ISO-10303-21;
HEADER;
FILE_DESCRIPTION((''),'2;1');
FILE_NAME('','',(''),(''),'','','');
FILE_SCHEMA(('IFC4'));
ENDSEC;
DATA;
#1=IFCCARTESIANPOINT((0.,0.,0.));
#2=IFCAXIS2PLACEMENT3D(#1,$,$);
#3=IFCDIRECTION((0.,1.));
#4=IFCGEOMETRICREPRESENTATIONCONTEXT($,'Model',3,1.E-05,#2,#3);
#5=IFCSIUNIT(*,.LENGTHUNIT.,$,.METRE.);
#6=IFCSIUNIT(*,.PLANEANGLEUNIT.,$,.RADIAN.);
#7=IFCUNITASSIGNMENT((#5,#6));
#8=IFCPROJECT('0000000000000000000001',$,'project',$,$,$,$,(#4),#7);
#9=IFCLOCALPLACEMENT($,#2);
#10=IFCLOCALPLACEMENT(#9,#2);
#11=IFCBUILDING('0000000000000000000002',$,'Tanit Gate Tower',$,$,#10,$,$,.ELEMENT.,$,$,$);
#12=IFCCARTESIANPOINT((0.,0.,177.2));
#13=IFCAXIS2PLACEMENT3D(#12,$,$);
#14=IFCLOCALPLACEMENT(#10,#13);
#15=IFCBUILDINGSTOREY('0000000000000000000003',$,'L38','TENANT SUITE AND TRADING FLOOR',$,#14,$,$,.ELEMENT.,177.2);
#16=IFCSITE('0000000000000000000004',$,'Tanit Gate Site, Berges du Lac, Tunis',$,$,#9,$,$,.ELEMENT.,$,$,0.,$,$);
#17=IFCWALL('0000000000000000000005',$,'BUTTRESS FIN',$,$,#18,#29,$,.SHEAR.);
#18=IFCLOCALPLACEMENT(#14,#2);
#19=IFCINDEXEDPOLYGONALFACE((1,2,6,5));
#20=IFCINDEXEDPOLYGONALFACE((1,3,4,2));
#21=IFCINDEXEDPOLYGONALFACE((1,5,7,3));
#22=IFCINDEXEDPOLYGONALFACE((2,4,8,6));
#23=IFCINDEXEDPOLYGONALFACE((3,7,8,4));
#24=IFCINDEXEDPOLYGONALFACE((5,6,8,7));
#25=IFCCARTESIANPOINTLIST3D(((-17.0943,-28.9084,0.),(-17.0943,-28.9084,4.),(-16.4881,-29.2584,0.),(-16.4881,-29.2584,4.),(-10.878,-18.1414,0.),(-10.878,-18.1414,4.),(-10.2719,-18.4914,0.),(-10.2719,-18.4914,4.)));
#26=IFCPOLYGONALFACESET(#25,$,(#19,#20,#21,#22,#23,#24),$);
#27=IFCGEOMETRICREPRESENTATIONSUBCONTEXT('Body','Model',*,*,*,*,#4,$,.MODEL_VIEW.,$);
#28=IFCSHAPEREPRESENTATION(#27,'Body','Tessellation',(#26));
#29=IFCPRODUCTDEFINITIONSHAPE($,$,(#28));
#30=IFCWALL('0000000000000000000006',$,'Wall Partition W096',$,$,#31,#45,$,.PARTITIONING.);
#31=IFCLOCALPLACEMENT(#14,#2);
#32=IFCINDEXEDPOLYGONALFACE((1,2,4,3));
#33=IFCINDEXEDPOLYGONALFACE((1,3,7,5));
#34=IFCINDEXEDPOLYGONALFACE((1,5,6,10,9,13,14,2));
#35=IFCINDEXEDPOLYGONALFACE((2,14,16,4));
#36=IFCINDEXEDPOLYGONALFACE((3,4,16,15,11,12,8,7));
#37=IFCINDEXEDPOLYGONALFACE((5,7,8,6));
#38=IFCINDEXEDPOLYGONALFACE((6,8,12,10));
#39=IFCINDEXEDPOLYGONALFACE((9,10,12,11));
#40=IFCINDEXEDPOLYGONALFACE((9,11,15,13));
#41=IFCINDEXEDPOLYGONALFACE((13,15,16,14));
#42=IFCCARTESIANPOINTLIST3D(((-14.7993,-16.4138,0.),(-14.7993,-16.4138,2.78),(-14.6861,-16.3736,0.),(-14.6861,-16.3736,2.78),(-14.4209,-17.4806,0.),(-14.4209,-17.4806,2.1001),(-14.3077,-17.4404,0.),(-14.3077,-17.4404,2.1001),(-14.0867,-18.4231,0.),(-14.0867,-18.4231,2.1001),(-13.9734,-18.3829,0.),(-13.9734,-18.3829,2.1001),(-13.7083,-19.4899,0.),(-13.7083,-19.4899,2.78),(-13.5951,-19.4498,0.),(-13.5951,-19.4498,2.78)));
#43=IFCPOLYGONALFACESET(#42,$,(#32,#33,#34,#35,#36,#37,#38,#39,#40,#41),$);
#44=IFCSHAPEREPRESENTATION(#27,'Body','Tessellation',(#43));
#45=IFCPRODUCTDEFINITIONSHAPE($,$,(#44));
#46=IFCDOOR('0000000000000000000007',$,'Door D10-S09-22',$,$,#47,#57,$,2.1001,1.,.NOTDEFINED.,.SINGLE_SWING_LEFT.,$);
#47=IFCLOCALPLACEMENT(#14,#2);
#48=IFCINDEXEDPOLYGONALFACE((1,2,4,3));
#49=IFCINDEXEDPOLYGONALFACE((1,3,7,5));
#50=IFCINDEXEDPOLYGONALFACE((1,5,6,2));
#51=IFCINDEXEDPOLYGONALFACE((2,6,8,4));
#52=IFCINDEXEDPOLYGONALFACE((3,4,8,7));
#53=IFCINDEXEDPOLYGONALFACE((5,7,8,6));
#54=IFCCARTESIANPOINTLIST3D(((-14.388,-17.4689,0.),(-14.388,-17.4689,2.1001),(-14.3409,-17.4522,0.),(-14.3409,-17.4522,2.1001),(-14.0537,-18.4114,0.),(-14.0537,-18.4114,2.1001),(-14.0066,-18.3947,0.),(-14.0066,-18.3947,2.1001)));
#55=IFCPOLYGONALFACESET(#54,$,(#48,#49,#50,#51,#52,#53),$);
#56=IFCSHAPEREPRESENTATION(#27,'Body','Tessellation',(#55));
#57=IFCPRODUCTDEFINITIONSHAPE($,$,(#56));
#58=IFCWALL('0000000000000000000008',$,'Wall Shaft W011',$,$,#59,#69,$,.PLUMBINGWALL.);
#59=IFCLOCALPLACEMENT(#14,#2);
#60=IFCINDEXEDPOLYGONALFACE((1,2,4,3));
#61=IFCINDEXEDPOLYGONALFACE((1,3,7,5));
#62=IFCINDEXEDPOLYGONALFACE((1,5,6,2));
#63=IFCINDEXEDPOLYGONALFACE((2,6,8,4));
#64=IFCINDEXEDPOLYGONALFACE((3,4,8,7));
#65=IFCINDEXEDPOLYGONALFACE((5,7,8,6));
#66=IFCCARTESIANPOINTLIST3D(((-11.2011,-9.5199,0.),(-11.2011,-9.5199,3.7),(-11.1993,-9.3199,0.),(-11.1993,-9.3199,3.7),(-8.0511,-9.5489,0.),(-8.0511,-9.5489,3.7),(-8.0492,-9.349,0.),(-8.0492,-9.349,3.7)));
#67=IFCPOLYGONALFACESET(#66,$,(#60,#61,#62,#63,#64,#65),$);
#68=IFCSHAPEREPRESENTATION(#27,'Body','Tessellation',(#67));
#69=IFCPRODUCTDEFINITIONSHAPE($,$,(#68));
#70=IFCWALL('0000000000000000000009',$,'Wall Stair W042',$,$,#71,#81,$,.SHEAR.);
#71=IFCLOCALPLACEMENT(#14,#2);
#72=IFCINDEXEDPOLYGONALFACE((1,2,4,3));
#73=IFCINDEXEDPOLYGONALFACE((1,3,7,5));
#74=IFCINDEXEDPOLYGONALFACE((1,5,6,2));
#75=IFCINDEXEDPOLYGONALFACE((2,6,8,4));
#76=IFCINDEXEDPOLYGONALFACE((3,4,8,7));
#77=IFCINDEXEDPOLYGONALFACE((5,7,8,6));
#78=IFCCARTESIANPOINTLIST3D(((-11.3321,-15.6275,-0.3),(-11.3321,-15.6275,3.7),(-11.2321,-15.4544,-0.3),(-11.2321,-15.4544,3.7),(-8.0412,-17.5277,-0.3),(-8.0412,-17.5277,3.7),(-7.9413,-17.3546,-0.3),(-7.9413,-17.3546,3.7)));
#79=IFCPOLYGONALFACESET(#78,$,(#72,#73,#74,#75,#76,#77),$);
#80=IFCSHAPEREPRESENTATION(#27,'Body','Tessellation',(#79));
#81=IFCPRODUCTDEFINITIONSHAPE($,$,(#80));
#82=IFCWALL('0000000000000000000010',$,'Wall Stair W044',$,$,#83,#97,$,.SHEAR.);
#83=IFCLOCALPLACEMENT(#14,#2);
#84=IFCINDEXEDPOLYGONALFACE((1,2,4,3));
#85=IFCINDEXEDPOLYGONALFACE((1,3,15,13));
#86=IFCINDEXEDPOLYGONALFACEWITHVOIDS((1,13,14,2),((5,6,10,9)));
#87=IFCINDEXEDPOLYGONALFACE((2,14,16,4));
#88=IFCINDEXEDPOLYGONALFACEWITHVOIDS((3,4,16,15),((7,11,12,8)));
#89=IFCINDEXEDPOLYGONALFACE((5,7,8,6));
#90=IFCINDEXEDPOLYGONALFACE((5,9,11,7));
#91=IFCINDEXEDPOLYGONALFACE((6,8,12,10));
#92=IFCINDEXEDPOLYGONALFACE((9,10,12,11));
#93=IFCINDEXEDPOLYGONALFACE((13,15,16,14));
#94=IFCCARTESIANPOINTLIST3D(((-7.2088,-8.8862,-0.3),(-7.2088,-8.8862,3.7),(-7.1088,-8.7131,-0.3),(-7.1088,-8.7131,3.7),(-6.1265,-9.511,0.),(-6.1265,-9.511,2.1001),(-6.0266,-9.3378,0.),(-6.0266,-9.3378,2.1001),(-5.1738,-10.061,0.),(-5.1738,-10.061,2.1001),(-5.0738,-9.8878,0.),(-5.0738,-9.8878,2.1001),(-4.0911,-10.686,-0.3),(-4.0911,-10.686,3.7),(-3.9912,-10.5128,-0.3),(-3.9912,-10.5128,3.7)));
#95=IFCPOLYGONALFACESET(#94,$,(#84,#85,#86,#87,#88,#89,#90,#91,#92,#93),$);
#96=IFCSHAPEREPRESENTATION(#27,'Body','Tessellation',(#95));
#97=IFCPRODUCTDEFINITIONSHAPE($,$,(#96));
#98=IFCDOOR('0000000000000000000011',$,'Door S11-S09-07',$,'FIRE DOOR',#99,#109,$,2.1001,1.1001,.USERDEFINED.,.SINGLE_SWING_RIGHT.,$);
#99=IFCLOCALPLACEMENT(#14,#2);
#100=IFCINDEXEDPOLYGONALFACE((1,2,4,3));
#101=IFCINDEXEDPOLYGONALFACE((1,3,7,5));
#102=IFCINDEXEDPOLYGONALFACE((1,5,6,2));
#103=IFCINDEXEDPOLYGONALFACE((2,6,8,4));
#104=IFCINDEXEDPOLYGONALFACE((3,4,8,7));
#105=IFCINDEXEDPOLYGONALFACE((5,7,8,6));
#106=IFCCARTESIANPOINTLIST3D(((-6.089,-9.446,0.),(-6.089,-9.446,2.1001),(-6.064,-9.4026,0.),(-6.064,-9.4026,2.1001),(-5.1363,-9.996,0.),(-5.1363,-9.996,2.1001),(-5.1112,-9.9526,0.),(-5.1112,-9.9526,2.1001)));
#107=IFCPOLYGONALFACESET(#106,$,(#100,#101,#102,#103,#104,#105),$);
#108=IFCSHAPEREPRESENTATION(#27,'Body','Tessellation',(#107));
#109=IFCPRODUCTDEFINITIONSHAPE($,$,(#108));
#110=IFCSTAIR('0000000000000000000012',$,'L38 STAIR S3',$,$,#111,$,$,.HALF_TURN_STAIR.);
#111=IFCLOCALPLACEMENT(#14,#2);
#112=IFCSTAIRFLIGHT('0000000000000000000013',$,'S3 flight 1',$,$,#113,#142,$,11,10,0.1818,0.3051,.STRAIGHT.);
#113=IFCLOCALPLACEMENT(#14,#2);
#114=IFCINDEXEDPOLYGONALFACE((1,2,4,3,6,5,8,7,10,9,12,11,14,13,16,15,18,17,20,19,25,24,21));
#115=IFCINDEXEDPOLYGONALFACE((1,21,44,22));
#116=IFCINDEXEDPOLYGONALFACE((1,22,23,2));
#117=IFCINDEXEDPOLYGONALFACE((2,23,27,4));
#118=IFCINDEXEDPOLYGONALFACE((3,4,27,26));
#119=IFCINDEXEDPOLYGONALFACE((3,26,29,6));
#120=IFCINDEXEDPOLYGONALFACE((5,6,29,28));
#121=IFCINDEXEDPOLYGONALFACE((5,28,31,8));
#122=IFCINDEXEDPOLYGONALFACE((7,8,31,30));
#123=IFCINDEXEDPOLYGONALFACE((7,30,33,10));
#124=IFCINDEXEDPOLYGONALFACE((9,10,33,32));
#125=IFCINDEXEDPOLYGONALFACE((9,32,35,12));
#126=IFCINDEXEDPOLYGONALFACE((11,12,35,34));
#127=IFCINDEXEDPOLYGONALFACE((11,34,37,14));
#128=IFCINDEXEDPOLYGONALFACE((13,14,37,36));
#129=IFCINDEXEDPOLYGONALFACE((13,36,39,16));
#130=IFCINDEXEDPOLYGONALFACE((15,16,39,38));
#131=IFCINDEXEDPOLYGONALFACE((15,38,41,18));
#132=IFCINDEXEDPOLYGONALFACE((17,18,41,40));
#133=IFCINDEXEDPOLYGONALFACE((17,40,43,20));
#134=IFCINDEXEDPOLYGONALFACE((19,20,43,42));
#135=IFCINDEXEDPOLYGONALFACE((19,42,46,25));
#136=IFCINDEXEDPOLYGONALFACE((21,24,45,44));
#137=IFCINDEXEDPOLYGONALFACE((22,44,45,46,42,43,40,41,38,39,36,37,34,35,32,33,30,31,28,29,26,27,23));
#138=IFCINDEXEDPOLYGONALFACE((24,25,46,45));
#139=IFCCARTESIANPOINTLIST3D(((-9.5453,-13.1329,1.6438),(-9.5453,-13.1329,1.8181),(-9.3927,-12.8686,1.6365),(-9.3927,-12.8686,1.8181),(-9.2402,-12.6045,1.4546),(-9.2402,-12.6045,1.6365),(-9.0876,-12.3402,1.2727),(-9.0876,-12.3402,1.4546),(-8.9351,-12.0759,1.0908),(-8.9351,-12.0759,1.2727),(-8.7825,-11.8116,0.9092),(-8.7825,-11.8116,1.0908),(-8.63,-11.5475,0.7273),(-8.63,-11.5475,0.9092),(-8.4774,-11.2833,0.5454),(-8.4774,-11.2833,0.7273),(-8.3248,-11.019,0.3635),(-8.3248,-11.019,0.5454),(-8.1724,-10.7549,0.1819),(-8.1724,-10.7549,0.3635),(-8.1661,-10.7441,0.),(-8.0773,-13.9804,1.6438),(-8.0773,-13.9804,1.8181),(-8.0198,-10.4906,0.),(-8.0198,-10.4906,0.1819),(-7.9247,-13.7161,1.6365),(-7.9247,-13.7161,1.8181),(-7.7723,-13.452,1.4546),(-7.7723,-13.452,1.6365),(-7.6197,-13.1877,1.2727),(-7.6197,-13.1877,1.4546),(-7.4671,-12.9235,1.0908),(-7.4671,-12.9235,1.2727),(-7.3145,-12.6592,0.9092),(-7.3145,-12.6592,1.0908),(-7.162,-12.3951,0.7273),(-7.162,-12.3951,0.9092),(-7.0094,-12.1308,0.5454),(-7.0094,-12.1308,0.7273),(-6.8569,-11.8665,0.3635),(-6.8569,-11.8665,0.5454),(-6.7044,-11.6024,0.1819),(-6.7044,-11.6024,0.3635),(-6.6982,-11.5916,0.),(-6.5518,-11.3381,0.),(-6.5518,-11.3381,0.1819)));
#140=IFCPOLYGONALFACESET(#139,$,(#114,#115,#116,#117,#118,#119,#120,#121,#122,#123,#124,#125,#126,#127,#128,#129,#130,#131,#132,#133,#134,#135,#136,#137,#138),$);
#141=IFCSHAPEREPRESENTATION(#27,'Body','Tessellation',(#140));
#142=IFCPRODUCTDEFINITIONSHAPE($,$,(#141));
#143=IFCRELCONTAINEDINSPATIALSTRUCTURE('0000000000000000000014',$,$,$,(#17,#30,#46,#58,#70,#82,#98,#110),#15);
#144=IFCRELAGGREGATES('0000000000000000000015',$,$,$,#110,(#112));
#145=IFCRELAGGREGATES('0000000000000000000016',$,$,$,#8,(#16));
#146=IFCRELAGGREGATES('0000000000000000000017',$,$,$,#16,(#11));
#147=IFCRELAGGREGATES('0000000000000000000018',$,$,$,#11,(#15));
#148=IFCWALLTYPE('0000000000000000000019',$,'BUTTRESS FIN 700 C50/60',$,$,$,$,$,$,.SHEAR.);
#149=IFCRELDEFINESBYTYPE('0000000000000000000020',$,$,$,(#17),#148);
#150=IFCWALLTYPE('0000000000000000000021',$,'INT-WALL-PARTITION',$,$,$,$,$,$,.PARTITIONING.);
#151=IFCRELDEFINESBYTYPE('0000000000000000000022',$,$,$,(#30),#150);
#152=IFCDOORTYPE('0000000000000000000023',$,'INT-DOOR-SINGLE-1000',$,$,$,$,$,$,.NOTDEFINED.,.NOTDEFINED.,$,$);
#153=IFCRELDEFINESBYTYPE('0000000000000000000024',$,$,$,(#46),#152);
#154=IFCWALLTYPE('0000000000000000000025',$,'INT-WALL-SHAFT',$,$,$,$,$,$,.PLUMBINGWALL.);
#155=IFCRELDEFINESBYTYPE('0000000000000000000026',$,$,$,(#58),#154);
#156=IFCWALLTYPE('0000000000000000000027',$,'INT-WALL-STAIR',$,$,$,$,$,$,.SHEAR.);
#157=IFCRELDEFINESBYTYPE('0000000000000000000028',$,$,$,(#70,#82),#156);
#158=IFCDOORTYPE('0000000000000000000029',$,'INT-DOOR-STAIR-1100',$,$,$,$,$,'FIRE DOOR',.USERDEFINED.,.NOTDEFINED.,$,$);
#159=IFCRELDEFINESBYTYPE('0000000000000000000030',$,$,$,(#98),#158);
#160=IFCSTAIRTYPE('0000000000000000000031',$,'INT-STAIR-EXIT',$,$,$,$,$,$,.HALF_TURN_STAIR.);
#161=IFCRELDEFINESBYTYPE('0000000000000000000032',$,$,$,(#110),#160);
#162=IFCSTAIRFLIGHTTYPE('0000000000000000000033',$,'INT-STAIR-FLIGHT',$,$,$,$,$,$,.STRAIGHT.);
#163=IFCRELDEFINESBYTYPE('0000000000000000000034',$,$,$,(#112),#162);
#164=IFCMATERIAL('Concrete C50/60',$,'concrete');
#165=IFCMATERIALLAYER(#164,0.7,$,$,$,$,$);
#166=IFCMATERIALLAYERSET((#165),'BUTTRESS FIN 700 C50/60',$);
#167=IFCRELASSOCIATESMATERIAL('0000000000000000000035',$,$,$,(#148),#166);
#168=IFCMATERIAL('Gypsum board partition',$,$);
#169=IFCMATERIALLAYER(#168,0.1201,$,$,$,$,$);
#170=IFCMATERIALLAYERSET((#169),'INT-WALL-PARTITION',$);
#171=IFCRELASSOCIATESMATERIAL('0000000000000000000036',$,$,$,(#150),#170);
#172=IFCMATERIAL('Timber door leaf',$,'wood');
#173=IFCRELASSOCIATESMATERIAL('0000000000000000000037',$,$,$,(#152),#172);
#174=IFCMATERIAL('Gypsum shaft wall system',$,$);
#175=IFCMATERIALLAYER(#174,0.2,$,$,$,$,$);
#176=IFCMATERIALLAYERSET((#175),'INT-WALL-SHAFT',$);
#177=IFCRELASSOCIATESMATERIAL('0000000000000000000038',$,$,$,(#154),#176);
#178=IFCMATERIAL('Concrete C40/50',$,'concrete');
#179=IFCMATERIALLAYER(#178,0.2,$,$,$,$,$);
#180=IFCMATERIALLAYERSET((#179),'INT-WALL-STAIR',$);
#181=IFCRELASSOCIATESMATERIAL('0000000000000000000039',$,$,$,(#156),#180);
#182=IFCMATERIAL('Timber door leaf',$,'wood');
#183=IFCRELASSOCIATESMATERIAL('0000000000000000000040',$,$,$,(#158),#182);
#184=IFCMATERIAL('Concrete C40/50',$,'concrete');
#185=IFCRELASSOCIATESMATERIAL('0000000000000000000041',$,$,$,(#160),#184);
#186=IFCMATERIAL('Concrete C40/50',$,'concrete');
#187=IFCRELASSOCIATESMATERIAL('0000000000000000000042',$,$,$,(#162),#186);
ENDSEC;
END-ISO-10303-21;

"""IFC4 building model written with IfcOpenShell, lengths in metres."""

from ifc_helpers import new_model, si_unit, direction, frame, frame_2d, origin, place, context, subcontext, project, spatial, polyline, rectangle, outline, extrude, material, layer, layer_set, type_object, element, fill, aggregate, save


model = new_model("IFC4")

# Units and contexts
model_context = context("Model", 3, precision=1e-05, world=origin(), true_north=direction((0.0, 1.0)))
body_context = subcontext(model_context, "Body", "Model", "MODEL_VIEW")
ifc_project = project(units=[si_unit("LENGTHUNIT", "METRE"), si_unit("PLANEANGLEUNIT", "RADIAN")], contexts=[model_context])

# Site, building, storey
site_placement = place(None, origin())
site = spatial("IfcSite", under=ifc_project, at=site_placement, Name="Tanit Gate Site, Berges du Lac, Tunis", CompositionType="ELEMENT", RefElevation=0.0)
building_placement = place(site_placement, origin())
building = spatial("IfcBuilding", under=site, at=building_placement, Name="Tanit Gate Tower", CompositionType="ELEMENT")
storey_placement = place(building_placement, frame((0.0, 0.0, 177.2)))
storey = spatial("IfcBuildingStorey", under=building, at=storey_placement, Name="L38", Description="TENANT SUITE AND TRADING FLOOR", CompositionType="ELEMENT", Elevation=177.2)

# Wall
ifc_material_1 = material(Name="Concrete C50/60", Category="concrete")
ifc_layer_1 = layer(ifc_material_1, 0.7)
ifc_layer_set_1 = layer_set([ifc_layer_1], Name="BUTTRESS FIN 700 C50/60")
wall_type_1 = type_object("IfcWallType", Name="BUTTRESS FIN 700 C50/60", PredefinedType="SHEAR", material=ifc_layer_set_1)
wall_1_placement = place(storey_placement, frame((-10.575, -18.3164, 0.0), z_axis=(0.0, 0.0, 1.0), x_axis=(-0.499996, -0.866028, 0.0)))
element("IfcWall", 1, at=wall_1_placement, inside=storey, type_object=wall_type_1, Name="BUTTRESS FIN", PredefinedType="SHEAR", context=body_context, shape_type="SweptSolid", body=[
    extrude(rectangle(XDim=12.4326, YDim=0.7, at=frame_2d((6.2163, 0.0))), origin(), (0.0, 0.0, 1.0), 4.0),
])

# Wall, opening, door
ifc_material_2 = material(Name="Gypsum board partition")
ifc_layer_2 = layer(ifc_material_2, 0.1201)
ifc_layer_set_2 = layer_set([ifc_layer_2], Name="INT-WALL-PARTITION")
wall_type_2 = type_object("IfcWallType", Name="INT-WALL-PARTITION", PredefinedType="PARTITIONING", material=ifc_layer_set_2)
wall_2_placement = place(storey_placement, frame((-14.7427, -16.3938, 0.0), z_axis=(0.0, 0.0, 1.0), x_axis=(0.334279, -0.942474, 0.0)))
wall_2 = element("IfcWall", 2, at=wall_2_placement, inside=storey, type_object=wall_type_2, Name="Wall Partition W096", PredefinedType="PARTITIONING", context=body_context, shape_type="SweptSolid", body=[
    extrude(rectangle(XDim=3.2639, YDim=0.1201, at=frame_2d((1.6318, 0.0))), origin(), (0.0, 0.0, 1.0), 2.78),
])
opening_1_placement = place(wall_2_placement, frame((1.1318, 0.0, 0.0)))
opening_1 = element("IfcOpeningElement", 3, at=opening_1_placement, cuts=wall_2, PredefinedType="OPENING", context=body_context, shape_type="SweptSolid", body=[
    extrude(rectangle(XDim=1.0, YDim=2.1001, at=frame_2d((0.5, 1.05))), frame((0.0, 0.0701, 0.0), z_axis=(0.0, -1.0, 0.0), x_axis=(1.0, 0.0, 0.0)), (0.0, 0.0, 1.0), 0.1401),
])
ifc_material_3 = material(Name="Timber door leaf", Category="wood")
door_type_1 = type_object("IfcDoorType", Name="INT-DOOR-SINGLE-1000", OperationType="NOTDEFINED", PredefinedType="NOTDEFINED", material=ifc_material_3)
door_1_placement = place(opening_1_placement, origin())
door_1 = element("IfcDoor", 4, at=door_1_placement, inside=storey, type_object=door_type_1, Name="Door D10-S09-22", OperationType="SINGLE_SWING_LEFT", OverallHeight=2.1001, OverallWidth=1.0, PredefinedType="NOTDEFINED", context=body_context, shape_type="SweptSolid", body=[
    extrude(rectangle(XDim=1.0, YDim=2.1001, at=frame_2d((0.5, 1.05))), frame((0.0, 0.0249, 0.0), z_axis=(0.0, -1.0, 0.0), x_axis=(1.0, 0.0, 0.0)), (0.0, 0.0, 1.0), 0.05),
])
fill(opening_1, door_1)

# Walls
ifc_material_4 = material(Name="Gypsum shaft wall system")
ifc_layer_3 = layer(ifc_material_4, 0.2)
ifc_layer_set_3 = layer_set([ifc_layer_3], Name="INT-WALL-SHAFT")
wall_type_3 = type_object("IfcWallType", Name="INT-WALL-SHAFT", PredefinedType="PLUMBINGWALL", material=ifc_layer_set_3)
wall_3_placement = place(storey_placement, frame((-8.05, -9.449, 0.0), z_axis=(0.0, 0.0, 1.0), x_axis=(-0.999957, 0.009223, 0.0)))
element("IfcWall", 5, at=wall_3_placement, inside=storey, type_object=wall_type_3, Name="Wall Shaft W011", PredefinedType="PLUMBINGWALL", context=body_context, shape_type="SweptSolid", body=[
    extrude(rectangle(XDim=3.1501, YDim=0.2, at=frame_2d((1.5752, 0.0))), origin(), (0.0, 0.0, 1.0), 3.7),
])
ifc_material_5 = material(Name="Concrete C40/50", Category="concrete")
ifc_layer_4 = layer(ifc_material_5, 0.2)
ifc_layer_set_4 = layer_set([ifc_layer_4], Name="INT-WALL-STAIR")
wall_type_4 = type_object("IfcWallType", Name="INT-WALL-STAIR", PredefinedType="SHEAR", material=ifc_layer_set_4)
wall_4_placement = place(storey_placement, frame((-11.282, -15.541, -0.3), z_axis=(0.0, 0.0, 1.0), x_axis=(0.866, -0.500043, 0.0)))
element("IfcWall", 6, at=wall_4_placement, inside=storey, type_object=wall_type_4, Name="Wall Stair W042", PredefinedType="SHEAR", context=body_context, shape_type="SweptSolid", body=[
    extrude(rectangle(XDim=3.8, YDim=0.2, at=frame_2d((1.8999, 0.0))), origin(), (0.0, 0.0, 1.0), 4.0),
])

# Wall, opening, door
wall_5_placement = place(storey_placement, frame((-4.0413, -10.5994, -0.3), z_axis=(0.0, 0.0, 1.0), x_axis=(-0.866048, 0.499961, 0.0)))
wall_5 = element("IfcWall", 7, at=wall_5_placement, inside=storey, type_object=wall_type_4, Name="Wall Stair W044", PredefinedType="SHEAR", context=body_context, shape_type="SweptSolid", body=[
    extrude(rectangle(XDim=3.5999, YDim=0.2, at=frame_2d((1.7998, 0.0))), origin(), (0.0, 0.0, 1.0), 4.0),
])
opening_2_placement = place(wall_5_placement, frame((1.25, 0.0, 0.3)))
opening_2 = element("IfcOpeningElement", 8, at=opening_2_placement, cuts=wall_5, PredefinedType="OPENING", context=body_context, shape_type="SweptSolid", body=[
    extrude(rectangle(XDim=1.1001, YDim=2.1001, at=frame_2d((0.55, 1.05))), frame((0.0, 0.1099, 0.0), z_axis=(0.0, -1.0, 0.0), x_axis=(1.0, 0.0, 0.0)), (0.0, 0.0, 1.0), 0.22),
])
ifc_material_6 = material(Name="Timber door leaf", Category="wood")
door_type_2 = type_object("IfcDoorType", Name="INT-DOOR-STAIR-1100", ElementType="FIRE DOOR", OperationType="NOTDEFINED", PredefinedType="USERDEFINED", material=ifc_material_6)
door_2_placement = place(opening_2_placement, origin())
door_2 = element("IfcDoor", 9, at=door_2_placement, inside=storey, type_object=door_type_2, Name="Door S11-S09-07", ObjectType="FIRE DOOR", OperationType="SINGLE_SWING_RIGHT", OverallHeight=2.1001, OverallWidth=1.1001, PredefinedType="USERDEFINED", context=body_context, shape_type="SweptSolid", body=[
    extrude(rectangle(XDim=1.1001, YDim=2.1001, at=frame_2d((0.55, 1.05))), frame((0.0, 0.0249, 0.0), z_axis=(0.0, -1.0, 0.0), x_axis=(1.0, 0.0, 0.0)), (0.0, 0.0, 1.0), 0.05),
])
fill(opening_2, door_2)

# Stair, stair flight
ifc_material_7 = material(Name="Concrete C40/50", Category="concrete")
stair_type = type_object("IfcStairType", Name="INT-STAIR-EXIT", PredefinedType="HALF_TURN_STAIR", material=ifc_material_7)
stair_placement = place(storey_placement, origin())
stair = element("IfcStair", 10, at=stair_placement, inside=storey, type_object=stair_type, Name="L38 STAIR S3", PredefinedType="HALF_TURN_STAIR")
ifc_material_8 = material(Name="Concrete C40/50", Category="concrete")
stair_flight_type = type_object("IfcStairFlightType", Name="INT-STAIR-FLIGHT", PredefinedType="STRAIGHT", material=ifc_material_8)
stair_flight_1_placement = place(storey_placement, frame((-7.2859, -10.9143, 0.0), z_axis=(0.0, 0.0, 1.0), x_axis=(-0.5, -0.866025, 0.0)))
stair_flight_1 = element("IfcStairFlight", 11, at=stair_flight_1_placement, type_object=stair_flight_type, Name="S3 flight 1", NumberOfRisers=11, NumberOfTreads=10, PredefinedType="STRAIGHT", RiserHeight=0.1818, TreadLength=0.3051, context=body_context, shape_type="SweptSolid", body=[
    extrude(outline(polyline([(0.0, 0.0), (0.0, 0.1819), (0.3052, 0.1819), (0.3052, 0.3635), (0.6101, 0.3635), (0.6101, 0.5454), (0.9153, 0.5454), (0.9153, 0.7273), (1.2205, 0.7273), (1.2205, 0.9092), (1.5254, 0.9092), (1.5254, 1.0908), (1.8306, 1.0908), (1.8306, 1.2727), (2.1357, 1.2727), (2.1357, 1.4546), (2.4409, 1.4546), (2.4409, 1.6365), (2.7458, 1.6365), (2.7458, 1.8181), (3.051, 1.8181), (3.051, 2.0), (3.051, 1.6438), (0.2927, 0.0), (0.0, 0.0)])), frame((0.0, 0.8477, 0.0), z_axis=(0.0, -1.0, 0.0), x_axis=(1.0, 0.0, 0.0)), (0.0, 0.0, 1.0), 1.6951),
])
aggregate(stair, [stair_flight_1])

save(model, "model.ifc")
